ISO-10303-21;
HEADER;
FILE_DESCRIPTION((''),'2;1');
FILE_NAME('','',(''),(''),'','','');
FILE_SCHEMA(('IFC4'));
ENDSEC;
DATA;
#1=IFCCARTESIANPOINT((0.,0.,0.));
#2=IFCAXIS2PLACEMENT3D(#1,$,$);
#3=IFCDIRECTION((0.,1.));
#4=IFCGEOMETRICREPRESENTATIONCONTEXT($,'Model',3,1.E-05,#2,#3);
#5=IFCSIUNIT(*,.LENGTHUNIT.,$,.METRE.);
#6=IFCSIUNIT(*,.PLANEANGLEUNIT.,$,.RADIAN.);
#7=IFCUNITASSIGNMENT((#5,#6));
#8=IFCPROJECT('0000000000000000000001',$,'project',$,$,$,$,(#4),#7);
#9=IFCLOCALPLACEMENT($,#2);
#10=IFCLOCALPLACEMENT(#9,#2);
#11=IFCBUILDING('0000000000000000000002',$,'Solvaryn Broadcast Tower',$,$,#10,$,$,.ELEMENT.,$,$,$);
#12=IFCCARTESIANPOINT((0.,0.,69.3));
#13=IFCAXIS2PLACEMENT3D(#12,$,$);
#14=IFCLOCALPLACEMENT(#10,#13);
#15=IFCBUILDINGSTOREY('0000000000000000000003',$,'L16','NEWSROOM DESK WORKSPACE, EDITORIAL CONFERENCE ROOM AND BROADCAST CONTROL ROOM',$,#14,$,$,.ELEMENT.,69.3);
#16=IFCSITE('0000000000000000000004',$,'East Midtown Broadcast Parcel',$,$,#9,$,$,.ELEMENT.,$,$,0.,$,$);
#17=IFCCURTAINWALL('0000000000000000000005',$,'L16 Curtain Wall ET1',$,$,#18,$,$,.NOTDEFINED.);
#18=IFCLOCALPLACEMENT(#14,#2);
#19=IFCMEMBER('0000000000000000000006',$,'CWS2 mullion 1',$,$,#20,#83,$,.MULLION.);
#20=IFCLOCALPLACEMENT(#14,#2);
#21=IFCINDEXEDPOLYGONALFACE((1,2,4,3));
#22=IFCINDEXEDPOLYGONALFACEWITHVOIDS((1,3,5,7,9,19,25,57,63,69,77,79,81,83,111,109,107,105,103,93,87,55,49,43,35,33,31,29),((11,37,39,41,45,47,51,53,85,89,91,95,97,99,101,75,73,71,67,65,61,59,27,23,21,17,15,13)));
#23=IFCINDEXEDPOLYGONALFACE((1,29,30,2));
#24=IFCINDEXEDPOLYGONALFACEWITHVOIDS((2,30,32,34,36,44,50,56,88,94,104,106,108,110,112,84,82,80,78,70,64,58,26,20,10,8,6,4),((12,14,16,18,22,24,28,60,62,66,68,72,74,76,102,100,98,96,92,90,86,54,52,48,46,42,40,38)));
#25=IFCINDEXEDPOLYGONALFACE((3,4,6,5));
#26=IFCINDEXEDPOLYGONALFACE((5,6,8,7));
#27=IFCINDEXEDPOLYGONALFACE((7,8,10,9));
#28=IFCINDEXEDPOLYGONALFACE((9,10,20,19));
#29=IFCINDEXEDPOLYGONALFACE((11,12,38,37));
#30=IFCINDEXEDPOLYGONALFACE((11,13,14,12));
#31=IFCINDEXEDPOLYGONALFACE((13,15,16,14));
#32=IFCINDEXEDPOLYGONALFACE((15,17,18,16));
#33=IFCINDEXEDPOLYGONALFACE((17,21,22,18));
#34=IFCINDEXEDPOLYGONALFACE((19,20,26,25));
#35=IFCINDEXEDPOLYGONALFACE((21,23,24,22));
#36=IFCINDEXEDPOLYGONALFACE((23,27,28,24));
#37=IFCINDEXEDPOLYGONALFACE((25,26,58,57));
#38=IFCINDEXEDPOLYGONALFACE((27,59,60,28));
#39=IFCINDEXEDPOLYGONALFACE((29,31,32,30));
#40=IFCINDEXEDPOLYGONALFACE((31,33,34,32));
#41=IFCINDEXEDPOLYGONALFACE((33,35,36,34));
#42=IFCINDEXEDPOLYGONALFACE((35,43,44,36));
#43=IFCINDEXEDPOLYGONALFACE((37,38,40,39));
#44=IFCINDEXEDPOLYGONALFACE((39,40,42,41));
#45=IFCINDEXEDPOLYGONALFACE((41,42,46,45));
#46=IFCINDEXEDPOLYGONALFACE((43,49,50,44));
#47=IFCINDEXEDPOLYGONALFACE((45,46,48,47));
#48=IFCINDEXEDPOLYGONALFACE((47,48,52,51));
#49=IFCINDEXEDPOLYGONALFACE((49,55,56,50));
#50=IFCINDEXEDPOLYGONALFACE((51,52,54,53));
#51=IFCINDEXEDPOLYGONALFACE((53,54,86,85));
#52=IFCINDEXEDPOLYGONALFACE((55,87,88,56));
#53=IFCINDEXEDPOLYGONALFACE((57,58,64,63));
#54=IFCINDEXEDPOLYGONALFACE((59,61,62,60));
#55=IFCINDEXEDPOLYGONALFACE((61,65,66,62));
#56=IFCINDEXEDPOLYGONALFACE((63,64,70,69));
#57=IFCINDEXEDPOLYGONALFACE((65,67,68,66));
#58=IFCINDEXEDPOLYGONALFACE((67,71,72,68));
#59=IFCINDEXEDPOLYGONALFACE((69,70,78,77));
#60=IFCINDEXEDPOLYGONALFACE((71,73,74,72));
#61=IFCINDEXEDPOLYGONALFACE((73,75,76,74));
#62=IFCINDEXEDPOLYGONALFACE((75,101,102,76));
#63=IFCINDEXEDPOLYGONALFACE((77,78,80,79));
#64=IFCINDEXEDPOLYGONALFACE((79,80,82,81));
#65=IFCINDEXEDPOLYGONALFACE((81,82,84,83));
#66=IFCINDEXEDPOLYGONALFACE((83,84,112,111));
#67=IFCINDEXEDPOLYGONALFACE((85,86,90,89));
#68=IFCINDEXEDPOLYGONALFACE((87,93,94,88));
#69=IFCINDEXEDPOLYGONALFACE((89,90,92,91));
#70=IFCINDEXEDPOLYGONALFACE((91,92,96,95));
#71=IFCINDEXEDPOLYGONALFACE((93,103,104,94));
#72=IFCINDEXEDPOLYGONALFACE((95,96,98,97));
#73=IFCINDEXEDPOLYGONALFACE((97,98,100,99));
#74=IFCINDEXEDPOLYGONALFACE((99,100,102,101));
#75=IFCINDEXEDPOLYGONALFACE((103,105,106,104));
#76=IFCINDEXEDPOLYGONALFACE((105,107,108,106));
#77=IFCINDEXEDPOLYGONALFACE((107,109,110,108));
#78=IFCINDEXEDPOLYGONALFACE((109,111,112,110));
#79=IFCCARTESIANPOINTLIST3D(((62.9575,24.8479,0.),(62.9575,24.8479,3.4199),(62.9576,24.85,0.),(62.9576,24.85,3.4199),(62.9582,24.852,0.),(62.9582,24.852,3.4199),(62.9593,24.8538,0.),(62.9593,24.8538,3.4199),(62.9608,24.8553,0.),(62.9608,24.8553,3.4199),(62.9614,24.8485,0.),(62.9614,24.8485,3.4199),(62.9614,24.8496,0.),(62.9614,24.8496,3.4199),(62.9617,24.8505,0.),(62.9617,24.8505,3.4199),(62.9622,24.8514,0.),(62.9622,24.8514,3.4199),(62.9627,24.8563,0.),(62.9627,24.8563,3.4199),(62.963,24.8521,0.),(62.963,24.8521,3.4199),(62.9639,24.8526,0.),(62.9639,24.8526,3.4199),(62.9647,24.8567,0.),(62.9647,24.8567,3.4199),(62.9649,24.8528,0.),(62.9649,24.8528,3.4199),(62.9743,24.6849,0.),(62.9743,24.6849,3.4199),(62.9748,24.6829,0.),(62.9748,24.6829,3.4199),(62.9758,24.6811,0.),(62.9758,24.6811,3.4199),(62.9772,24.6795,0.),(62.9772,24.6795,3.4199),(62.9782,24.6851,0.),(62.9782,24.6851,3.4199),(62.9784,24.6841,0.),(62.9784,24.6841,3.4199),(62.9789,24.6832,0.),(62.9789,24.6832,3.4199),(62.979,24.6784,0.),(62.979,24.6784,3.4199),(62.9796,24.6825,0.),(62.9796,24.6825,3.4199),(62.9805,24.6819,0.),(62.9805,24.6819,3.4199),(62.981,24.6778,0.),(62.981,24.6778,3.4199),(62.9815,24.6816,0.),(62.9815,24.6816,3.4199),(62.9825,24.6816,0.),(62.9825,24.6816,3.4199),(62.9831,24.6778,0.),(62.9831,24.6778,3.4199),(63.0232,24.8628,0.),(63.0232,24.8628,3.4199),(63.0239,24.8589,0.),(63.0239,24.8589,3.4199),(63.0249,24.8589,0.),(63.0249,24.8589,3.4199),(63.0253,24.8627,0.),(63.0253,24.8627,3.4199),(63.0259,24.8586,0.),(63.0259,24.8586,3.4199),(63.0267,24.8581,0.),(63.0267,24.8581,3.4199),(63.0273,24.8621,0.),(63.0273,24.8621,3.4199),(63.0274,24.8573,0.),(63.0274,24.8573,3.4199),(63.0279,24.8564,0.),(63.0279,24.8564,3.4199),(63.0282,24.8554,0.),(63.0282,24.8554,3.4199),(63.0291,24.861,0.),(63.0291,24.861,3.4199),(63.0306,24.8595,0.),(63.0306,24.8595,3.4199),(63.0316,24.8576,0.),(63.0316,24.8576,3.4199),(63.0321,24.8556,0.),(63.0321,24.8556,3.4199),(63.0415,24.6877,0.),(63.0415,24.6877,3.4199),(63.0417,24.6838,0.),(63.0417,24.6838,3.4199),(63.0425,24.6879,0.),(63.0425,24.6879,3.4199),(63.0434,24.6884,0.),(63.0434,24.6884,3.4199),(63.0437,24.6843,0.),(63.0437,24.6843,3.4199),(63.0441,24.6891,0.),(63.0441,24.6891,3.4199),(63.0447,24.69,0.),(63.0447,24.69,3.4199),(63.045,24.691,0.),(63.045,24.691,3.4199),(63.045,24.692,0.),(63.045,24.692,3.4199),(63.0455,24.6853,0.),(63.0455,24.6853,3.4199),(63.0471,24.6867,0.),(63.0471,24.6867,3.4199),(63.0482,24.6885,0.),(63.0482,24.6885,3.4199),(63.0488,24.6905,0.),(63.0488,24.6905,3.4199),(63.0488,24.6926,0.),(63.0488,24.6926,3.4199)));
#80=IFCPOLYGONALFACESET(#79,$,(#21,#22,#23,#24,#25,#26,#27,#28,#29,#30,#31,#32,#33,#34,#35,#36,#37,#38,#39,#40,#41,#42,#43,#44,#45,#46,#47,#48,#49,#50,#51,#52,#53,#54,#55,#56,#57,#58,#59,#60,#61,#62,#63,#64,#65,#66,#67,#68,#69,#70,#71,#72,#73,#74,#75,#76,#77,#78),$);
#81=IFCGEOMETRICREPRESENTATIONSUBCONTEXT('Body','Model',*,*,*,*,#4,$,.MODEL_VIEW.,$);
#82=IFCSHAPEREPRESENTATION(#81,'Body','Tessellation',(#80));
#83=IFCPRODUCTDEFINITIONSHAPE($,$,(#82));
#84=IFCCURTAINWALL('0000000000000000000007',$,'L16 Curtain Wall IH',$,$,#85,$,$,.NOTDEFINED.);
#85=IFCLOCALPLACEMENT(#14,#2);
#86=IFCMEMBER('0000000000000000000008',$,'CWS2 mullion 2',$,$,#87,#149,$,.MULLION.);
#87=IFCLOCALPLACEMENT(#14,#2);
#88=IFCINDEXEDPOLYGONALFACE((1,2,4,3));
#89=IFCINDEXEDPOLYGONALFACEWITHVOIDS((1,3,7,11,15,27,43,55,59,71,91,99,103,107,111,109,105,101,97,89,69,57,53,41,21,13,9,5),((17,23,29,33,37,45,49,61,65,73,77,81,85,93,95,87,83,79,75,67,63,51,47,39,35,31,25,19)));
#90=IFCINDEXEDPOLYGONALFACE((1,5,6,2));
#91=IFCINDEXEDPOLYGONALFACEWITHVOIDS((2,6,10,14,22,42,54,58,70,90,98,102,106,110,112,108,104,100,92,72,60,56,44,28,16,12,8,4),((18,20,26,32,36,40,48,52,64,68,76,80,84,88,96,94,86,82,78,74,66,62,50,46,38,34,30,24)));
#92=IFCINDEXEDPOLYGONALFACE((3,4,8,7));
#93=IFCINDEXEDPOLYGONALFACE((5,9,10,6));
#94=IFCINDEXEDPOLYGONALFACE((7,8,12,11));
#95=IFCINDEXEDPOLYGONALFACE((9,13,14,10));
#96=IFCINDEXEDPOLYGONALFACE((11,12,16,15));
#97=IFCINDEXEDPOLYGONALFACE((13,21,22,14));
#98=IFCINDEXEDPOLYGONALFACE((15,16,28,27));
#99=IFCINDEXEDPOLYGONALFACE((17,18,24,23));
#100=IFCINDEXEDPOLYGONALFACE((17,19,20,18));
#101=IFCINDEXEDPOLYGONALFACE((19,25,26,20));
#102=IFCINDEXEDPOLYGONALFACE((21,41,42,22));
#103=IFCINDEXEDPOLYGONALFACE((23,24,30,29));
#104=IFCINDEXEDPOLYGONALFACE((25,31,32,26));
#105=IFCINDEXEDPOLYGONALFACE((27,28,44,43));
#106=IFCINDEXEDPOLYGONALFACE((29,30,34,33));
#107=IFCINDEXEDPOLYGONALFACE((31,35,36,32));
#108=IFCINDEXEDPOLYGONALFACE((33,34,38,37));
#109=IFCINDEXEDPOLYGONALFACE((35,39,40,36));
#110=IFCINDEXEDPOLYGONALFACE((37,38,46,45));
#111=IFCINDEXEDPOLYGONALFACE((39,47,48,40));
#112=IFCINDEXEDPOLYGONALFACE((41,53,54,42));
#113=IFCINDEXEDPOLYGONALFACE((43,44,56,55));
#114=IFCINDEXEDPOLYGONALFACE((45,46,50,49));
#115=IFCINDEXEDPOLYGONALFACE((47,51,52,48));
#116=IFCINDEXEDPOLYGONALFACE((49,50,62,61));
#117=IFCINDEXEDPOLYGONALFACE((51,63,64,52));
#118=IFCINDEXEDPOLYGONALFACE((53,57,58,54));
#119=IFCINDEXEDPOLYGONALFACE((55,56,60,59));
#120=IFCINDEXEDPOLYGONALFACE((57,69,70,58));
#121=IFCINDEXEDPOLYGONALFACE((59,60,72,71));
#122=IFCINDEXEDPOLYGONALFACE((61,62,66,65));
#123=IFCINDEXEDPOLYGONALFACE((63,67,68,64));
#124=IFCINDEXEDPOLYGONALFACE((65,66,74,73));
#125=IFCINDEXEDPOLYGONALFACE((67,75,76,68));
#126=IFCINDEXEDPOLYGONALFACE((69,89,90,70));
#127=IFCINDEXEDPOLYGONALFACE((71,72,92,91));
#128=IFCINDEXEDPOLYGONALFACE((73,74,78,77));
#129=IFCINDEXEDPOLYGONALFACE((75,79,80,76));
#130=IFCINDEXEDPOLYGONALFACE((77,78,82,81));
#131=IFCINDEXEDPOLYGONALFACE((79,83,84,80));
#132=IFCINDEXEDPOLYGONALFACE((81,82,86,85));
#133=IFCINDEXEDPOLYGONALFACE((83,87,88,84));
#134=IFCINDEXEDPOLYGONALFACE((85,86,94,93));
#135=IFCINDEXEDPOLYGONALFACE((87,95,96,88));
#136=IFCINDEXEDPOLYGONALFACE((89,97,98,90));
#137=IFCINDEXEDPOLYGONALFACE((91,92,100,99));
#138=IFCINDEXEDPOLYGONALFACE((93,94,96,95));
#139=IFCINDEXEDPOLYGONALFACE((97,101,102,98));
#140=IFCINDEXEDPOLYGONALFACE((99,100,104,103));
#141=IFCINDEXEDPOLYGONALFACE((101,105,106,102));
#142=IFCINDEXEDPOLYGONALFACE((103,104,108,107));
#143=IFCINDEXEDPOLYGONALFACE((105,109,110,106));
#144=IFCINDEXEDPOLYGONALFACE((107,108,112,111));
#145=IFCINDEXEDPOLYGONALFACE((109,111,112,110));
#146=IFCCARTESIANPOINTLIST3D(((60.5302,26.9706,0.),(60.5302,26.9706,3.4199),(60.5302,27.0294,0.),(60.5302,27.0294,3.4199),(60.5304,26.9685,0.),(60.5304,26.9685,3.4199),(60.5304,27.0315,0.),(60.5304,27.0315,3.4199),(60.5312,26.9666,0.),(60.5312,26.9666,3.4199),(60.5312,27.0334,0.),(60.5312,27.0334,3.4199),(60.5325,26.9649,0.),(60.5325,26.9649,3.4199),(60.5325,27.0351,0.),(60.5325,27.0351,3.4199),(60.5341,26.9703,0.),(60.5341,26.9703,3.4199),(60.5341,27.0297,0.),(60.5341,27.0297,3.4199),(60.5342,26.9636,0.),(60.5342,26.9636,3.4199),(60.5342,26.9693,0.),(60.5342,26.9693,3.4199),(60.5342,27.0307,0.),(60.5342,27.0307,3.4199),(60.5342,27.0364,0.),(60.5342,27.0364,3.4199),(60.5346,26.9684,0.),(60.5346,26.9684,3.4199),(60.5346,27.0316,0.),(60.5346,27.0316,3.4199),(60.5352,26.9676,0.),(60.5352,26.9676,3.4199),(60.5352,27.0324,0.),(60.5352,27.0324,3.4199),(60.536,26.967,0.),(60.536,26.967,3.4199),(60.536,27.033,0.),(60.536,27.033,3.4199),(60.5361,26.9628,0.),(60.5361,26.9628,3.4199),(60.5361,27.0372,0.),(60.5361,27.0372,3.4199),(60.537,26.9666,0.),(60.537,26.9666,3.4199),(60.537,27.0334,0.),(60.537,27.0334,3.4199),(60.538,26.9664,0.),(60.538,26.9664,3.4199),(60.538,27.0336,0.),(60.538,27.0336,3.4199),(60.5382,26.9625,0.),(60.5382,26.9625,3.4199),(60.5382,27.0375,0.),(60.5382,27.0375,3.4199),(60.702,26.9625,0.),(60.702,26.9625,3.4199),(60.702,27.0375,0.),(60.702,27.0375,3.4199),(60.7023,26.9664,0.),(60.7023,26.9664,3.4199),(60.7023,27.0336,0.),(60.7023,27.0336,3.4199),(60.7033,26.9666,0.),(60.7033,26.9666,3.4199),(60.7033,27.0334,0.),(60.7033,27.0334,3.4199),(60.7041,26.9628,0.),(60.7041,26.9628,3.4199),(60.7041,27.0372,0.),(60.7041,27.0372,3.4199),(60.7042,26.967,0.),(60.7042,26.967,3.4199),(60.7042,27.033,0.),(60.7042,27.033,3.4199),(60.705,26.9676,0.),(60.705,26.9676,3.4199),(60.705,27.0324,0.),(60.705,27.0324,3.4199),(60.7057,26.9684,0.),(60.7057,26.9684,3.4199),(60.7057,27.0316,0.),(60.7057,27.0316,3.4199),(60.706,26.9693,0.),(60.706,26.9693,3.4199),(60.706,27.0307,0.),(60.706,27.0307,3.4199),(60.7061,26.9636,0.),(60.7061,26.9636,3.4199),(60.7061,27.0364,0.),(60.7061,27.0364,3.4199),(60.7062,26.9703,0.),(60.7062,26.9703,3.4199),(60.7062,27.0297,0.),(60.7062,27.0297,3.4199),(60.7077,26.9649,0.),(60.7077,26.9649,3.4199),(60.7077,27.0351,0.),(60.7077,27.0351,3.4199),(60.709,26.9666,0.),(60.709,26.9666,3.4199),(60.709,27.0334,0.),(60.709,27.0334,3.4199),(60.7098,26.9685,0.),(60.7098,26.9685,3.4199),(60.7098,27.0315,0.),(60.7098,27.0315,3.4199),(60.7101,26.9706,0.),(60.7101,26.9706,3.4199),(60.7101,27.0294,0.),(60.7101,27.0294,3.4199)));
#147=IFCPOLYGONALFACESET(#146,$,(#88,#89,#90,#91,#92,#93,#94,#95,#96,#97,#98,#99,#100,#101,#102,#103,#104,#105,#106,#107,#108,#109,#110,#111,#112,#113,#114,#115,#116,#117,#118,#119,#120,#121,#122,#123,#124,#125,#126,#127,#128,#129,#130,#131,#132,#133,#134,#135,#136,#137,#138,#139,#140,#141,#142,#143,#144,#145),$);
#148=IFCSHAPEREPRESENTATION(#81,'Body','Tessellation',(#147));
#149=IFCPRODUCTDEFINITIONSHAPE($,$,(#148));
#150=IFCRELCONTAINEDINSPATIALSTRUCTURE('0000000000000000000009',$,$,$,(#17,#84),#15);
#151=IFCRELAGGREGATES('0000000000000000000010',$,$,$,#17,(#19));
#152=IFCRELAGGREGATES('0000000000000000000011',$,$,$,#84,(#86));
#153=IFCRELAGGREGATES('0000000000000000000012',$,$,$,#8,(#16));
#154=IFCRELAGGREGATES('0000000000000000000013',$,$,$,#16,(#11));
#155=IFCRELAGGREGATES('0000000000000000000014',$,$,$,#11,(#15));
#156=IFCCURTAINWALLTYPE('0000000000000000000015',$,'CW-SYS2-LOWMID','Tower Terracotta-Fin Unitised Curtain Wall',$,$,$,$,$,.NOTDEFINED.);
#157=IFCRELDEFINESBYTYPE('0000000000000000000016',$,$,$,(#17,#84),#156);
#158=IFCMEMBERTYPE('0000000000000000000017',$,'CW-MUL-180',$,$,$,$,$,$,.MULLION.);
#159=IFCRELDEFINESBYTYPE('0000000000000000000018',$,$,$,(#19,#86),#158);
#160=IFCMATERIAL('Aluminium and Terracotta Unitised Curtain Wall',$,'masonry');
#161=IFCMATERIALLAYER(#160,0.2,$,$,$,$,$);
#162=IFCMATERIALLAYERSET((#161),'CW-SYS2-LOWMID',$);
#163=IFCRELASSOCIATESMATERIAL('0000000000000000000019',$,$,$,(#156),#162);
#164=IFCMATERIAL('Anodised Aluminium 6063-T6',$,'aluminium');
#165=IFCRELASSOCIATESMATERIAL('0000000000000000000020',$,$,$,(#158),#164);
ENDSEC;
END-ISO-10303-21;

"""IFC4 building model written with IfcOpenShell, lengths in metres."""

from ifc_helpers import new_model, si_unit, direction, frame, origin, origin_2d, place, context, subcontext, project, spatial, hollow_rectangle, extrude, material, layer, layer_set, material_profile, profile_set, type_object, element, aggregate, save


model = new_model("IFC4")

# Units and contexts
model_context = context("Model", 3, precision=1e-05, world=origin(), true_north=direction((0.0, 1.0)))
body_context = subcontext(model_context, "Body", "Model", "MODEL_VIEW")
ifc_project = project(units=[si_unit("LENGTHUNIT", "METRE"), si_unit("PLANEANGLEUNIT", "RADIAN")], contexts=[model_context])

# Site, building, storey
site_placement = place(None, origin())
site = spatial("IfcSite", under=ifc_project, at=site_placement, Name="East Midtown Broadcast Parcel", CompositionType="ELEMENT", RefElevation=0.0)
building_placement = place(site_placement, origin())
building = spatial("IfcBuilding", under=site, at=building_placement, Name="Solvaryn Broadcast Tower", CompositionType="ELEMENT")
storey_placement = place(building_placement, frame((0.0, 0.0, 69.3)))
storey = spatial("IfcBuildingStorey", under=building, at=storey_placement, Name="L16", Description="NEWSROOM DESK WORKSPACE, EDITORIAL CONFERENCE ROOM AND BROADCAST CONTROL ROOM", CompositionType="ELEMENT", Elevation=69.3)

# Curtain walls, members
ifc_material_1 = material(Name="Aluminium and Terracotta Unitised Curtain Wall", Category="masonry")
ifc_layer_1 = layer(ifc_material_1, 0.2)
ifc_layer_set_1 = layer_set([ifc_layer_1], Name="CW-SYS2-LOWMID")
curtain_wall_type = type_object("IfcCurtainWallType", Name="CW-SYS2-LOWMID", Description="Tower Terracotta-Fin Unitised Curtain Wall", PredefinedType="NOTDEFINED", material=ifc_layer_set_1)
curtain_wall_1_placement = place(storey_placement, origin())
curtain_wall_1 = element("IfcCurtainWall", 1, at=curtain_wall_1_placement, inside=storey, type_object=curtain_wall_type, Name="L16 Curtain Wall ET1", PredefinedType="NOTDEFINED")
ifc_material_2 = material(Name="Anodised Aluminium 6063-T6", Category="aluminium")
ifc_material_profile_1 = material_profile(ifc_material_2, hollow_rectangle(XDim=0.075, YDim=0.1799, WallThickness=0.0039, InnerFilletRadius=0.0039, OuterFilletRadius=0.0081, at=origin_2d()))
ifc_profile_set_1 = profile_set([ifc_material_profile_1], Name="Anodised Aluminium 6063-T6")
member_type_1 = type_object("IfcMemberType", Name="CW-MUL-180", PredefinedType="MULLION", material=ifc_profile_set_1)
member_1_placement = place(storey_placement, frame((63.0032, 24.7703, 0.0), z_axis=(0.0, 0.0, 1.0), x_axis=(0.994743, 0.1024, 0.0)))
member_1 = element("IfcMember", 2, at=member_1_placement, type_object=member_type_1, Name="CWS2 mullion 1", PredefinedType="MULLION", context=body_context, shape_type="SweptSolid", body=[
    extrude(hollow_rectangle(XDim=0.075, YDim=0.1799, WallThickness=0.0039, InnerFilletRadius=0.0039, OuterFilletRadius=0.0081, at=origin_2d()), origin(), (0.0, 0.0, 1.0), 3.4199),
])
curtain_wall_2_placement = place(storey_placement, origin())
curtain_wall_2 = element("IfcCurtainWall", 3, at=curtain_wall_2_placement, inside=storey, type_object=curtain_wall_type, Name="L16 Curtain Wall IH", PredefinedType="NOTDEFINED")
member_2_placement = place(storey_placement, frame((60.6201, 27.0, 0.0), z_axis=(0.0, 0.0, 1.0), x_axis=(0.0, 1.0, 0.0)))
member_2 = element("IfcMember", 4, at=member_2_placement, type_object=member_type_1, Name="CWS2 mullion 2", PredefinedType="MULLION", context=body_context, shape_type="SweptSolid", body=[
    extrude(hollow_rectangle(XDim=0.075, YDim=0.1799, WallThickness=0.0039, InnerFilletRadius=0.0039, OuterFilletRadius=0.0081, at=origin_2d()), origin(), (0.0, 0.0, 1.0), 3.4199),
])

aggregate(curtain_wall_1, [member_1])
aggregate(curtain_wall_2, [member_2])

save(model, "model.ifc")
